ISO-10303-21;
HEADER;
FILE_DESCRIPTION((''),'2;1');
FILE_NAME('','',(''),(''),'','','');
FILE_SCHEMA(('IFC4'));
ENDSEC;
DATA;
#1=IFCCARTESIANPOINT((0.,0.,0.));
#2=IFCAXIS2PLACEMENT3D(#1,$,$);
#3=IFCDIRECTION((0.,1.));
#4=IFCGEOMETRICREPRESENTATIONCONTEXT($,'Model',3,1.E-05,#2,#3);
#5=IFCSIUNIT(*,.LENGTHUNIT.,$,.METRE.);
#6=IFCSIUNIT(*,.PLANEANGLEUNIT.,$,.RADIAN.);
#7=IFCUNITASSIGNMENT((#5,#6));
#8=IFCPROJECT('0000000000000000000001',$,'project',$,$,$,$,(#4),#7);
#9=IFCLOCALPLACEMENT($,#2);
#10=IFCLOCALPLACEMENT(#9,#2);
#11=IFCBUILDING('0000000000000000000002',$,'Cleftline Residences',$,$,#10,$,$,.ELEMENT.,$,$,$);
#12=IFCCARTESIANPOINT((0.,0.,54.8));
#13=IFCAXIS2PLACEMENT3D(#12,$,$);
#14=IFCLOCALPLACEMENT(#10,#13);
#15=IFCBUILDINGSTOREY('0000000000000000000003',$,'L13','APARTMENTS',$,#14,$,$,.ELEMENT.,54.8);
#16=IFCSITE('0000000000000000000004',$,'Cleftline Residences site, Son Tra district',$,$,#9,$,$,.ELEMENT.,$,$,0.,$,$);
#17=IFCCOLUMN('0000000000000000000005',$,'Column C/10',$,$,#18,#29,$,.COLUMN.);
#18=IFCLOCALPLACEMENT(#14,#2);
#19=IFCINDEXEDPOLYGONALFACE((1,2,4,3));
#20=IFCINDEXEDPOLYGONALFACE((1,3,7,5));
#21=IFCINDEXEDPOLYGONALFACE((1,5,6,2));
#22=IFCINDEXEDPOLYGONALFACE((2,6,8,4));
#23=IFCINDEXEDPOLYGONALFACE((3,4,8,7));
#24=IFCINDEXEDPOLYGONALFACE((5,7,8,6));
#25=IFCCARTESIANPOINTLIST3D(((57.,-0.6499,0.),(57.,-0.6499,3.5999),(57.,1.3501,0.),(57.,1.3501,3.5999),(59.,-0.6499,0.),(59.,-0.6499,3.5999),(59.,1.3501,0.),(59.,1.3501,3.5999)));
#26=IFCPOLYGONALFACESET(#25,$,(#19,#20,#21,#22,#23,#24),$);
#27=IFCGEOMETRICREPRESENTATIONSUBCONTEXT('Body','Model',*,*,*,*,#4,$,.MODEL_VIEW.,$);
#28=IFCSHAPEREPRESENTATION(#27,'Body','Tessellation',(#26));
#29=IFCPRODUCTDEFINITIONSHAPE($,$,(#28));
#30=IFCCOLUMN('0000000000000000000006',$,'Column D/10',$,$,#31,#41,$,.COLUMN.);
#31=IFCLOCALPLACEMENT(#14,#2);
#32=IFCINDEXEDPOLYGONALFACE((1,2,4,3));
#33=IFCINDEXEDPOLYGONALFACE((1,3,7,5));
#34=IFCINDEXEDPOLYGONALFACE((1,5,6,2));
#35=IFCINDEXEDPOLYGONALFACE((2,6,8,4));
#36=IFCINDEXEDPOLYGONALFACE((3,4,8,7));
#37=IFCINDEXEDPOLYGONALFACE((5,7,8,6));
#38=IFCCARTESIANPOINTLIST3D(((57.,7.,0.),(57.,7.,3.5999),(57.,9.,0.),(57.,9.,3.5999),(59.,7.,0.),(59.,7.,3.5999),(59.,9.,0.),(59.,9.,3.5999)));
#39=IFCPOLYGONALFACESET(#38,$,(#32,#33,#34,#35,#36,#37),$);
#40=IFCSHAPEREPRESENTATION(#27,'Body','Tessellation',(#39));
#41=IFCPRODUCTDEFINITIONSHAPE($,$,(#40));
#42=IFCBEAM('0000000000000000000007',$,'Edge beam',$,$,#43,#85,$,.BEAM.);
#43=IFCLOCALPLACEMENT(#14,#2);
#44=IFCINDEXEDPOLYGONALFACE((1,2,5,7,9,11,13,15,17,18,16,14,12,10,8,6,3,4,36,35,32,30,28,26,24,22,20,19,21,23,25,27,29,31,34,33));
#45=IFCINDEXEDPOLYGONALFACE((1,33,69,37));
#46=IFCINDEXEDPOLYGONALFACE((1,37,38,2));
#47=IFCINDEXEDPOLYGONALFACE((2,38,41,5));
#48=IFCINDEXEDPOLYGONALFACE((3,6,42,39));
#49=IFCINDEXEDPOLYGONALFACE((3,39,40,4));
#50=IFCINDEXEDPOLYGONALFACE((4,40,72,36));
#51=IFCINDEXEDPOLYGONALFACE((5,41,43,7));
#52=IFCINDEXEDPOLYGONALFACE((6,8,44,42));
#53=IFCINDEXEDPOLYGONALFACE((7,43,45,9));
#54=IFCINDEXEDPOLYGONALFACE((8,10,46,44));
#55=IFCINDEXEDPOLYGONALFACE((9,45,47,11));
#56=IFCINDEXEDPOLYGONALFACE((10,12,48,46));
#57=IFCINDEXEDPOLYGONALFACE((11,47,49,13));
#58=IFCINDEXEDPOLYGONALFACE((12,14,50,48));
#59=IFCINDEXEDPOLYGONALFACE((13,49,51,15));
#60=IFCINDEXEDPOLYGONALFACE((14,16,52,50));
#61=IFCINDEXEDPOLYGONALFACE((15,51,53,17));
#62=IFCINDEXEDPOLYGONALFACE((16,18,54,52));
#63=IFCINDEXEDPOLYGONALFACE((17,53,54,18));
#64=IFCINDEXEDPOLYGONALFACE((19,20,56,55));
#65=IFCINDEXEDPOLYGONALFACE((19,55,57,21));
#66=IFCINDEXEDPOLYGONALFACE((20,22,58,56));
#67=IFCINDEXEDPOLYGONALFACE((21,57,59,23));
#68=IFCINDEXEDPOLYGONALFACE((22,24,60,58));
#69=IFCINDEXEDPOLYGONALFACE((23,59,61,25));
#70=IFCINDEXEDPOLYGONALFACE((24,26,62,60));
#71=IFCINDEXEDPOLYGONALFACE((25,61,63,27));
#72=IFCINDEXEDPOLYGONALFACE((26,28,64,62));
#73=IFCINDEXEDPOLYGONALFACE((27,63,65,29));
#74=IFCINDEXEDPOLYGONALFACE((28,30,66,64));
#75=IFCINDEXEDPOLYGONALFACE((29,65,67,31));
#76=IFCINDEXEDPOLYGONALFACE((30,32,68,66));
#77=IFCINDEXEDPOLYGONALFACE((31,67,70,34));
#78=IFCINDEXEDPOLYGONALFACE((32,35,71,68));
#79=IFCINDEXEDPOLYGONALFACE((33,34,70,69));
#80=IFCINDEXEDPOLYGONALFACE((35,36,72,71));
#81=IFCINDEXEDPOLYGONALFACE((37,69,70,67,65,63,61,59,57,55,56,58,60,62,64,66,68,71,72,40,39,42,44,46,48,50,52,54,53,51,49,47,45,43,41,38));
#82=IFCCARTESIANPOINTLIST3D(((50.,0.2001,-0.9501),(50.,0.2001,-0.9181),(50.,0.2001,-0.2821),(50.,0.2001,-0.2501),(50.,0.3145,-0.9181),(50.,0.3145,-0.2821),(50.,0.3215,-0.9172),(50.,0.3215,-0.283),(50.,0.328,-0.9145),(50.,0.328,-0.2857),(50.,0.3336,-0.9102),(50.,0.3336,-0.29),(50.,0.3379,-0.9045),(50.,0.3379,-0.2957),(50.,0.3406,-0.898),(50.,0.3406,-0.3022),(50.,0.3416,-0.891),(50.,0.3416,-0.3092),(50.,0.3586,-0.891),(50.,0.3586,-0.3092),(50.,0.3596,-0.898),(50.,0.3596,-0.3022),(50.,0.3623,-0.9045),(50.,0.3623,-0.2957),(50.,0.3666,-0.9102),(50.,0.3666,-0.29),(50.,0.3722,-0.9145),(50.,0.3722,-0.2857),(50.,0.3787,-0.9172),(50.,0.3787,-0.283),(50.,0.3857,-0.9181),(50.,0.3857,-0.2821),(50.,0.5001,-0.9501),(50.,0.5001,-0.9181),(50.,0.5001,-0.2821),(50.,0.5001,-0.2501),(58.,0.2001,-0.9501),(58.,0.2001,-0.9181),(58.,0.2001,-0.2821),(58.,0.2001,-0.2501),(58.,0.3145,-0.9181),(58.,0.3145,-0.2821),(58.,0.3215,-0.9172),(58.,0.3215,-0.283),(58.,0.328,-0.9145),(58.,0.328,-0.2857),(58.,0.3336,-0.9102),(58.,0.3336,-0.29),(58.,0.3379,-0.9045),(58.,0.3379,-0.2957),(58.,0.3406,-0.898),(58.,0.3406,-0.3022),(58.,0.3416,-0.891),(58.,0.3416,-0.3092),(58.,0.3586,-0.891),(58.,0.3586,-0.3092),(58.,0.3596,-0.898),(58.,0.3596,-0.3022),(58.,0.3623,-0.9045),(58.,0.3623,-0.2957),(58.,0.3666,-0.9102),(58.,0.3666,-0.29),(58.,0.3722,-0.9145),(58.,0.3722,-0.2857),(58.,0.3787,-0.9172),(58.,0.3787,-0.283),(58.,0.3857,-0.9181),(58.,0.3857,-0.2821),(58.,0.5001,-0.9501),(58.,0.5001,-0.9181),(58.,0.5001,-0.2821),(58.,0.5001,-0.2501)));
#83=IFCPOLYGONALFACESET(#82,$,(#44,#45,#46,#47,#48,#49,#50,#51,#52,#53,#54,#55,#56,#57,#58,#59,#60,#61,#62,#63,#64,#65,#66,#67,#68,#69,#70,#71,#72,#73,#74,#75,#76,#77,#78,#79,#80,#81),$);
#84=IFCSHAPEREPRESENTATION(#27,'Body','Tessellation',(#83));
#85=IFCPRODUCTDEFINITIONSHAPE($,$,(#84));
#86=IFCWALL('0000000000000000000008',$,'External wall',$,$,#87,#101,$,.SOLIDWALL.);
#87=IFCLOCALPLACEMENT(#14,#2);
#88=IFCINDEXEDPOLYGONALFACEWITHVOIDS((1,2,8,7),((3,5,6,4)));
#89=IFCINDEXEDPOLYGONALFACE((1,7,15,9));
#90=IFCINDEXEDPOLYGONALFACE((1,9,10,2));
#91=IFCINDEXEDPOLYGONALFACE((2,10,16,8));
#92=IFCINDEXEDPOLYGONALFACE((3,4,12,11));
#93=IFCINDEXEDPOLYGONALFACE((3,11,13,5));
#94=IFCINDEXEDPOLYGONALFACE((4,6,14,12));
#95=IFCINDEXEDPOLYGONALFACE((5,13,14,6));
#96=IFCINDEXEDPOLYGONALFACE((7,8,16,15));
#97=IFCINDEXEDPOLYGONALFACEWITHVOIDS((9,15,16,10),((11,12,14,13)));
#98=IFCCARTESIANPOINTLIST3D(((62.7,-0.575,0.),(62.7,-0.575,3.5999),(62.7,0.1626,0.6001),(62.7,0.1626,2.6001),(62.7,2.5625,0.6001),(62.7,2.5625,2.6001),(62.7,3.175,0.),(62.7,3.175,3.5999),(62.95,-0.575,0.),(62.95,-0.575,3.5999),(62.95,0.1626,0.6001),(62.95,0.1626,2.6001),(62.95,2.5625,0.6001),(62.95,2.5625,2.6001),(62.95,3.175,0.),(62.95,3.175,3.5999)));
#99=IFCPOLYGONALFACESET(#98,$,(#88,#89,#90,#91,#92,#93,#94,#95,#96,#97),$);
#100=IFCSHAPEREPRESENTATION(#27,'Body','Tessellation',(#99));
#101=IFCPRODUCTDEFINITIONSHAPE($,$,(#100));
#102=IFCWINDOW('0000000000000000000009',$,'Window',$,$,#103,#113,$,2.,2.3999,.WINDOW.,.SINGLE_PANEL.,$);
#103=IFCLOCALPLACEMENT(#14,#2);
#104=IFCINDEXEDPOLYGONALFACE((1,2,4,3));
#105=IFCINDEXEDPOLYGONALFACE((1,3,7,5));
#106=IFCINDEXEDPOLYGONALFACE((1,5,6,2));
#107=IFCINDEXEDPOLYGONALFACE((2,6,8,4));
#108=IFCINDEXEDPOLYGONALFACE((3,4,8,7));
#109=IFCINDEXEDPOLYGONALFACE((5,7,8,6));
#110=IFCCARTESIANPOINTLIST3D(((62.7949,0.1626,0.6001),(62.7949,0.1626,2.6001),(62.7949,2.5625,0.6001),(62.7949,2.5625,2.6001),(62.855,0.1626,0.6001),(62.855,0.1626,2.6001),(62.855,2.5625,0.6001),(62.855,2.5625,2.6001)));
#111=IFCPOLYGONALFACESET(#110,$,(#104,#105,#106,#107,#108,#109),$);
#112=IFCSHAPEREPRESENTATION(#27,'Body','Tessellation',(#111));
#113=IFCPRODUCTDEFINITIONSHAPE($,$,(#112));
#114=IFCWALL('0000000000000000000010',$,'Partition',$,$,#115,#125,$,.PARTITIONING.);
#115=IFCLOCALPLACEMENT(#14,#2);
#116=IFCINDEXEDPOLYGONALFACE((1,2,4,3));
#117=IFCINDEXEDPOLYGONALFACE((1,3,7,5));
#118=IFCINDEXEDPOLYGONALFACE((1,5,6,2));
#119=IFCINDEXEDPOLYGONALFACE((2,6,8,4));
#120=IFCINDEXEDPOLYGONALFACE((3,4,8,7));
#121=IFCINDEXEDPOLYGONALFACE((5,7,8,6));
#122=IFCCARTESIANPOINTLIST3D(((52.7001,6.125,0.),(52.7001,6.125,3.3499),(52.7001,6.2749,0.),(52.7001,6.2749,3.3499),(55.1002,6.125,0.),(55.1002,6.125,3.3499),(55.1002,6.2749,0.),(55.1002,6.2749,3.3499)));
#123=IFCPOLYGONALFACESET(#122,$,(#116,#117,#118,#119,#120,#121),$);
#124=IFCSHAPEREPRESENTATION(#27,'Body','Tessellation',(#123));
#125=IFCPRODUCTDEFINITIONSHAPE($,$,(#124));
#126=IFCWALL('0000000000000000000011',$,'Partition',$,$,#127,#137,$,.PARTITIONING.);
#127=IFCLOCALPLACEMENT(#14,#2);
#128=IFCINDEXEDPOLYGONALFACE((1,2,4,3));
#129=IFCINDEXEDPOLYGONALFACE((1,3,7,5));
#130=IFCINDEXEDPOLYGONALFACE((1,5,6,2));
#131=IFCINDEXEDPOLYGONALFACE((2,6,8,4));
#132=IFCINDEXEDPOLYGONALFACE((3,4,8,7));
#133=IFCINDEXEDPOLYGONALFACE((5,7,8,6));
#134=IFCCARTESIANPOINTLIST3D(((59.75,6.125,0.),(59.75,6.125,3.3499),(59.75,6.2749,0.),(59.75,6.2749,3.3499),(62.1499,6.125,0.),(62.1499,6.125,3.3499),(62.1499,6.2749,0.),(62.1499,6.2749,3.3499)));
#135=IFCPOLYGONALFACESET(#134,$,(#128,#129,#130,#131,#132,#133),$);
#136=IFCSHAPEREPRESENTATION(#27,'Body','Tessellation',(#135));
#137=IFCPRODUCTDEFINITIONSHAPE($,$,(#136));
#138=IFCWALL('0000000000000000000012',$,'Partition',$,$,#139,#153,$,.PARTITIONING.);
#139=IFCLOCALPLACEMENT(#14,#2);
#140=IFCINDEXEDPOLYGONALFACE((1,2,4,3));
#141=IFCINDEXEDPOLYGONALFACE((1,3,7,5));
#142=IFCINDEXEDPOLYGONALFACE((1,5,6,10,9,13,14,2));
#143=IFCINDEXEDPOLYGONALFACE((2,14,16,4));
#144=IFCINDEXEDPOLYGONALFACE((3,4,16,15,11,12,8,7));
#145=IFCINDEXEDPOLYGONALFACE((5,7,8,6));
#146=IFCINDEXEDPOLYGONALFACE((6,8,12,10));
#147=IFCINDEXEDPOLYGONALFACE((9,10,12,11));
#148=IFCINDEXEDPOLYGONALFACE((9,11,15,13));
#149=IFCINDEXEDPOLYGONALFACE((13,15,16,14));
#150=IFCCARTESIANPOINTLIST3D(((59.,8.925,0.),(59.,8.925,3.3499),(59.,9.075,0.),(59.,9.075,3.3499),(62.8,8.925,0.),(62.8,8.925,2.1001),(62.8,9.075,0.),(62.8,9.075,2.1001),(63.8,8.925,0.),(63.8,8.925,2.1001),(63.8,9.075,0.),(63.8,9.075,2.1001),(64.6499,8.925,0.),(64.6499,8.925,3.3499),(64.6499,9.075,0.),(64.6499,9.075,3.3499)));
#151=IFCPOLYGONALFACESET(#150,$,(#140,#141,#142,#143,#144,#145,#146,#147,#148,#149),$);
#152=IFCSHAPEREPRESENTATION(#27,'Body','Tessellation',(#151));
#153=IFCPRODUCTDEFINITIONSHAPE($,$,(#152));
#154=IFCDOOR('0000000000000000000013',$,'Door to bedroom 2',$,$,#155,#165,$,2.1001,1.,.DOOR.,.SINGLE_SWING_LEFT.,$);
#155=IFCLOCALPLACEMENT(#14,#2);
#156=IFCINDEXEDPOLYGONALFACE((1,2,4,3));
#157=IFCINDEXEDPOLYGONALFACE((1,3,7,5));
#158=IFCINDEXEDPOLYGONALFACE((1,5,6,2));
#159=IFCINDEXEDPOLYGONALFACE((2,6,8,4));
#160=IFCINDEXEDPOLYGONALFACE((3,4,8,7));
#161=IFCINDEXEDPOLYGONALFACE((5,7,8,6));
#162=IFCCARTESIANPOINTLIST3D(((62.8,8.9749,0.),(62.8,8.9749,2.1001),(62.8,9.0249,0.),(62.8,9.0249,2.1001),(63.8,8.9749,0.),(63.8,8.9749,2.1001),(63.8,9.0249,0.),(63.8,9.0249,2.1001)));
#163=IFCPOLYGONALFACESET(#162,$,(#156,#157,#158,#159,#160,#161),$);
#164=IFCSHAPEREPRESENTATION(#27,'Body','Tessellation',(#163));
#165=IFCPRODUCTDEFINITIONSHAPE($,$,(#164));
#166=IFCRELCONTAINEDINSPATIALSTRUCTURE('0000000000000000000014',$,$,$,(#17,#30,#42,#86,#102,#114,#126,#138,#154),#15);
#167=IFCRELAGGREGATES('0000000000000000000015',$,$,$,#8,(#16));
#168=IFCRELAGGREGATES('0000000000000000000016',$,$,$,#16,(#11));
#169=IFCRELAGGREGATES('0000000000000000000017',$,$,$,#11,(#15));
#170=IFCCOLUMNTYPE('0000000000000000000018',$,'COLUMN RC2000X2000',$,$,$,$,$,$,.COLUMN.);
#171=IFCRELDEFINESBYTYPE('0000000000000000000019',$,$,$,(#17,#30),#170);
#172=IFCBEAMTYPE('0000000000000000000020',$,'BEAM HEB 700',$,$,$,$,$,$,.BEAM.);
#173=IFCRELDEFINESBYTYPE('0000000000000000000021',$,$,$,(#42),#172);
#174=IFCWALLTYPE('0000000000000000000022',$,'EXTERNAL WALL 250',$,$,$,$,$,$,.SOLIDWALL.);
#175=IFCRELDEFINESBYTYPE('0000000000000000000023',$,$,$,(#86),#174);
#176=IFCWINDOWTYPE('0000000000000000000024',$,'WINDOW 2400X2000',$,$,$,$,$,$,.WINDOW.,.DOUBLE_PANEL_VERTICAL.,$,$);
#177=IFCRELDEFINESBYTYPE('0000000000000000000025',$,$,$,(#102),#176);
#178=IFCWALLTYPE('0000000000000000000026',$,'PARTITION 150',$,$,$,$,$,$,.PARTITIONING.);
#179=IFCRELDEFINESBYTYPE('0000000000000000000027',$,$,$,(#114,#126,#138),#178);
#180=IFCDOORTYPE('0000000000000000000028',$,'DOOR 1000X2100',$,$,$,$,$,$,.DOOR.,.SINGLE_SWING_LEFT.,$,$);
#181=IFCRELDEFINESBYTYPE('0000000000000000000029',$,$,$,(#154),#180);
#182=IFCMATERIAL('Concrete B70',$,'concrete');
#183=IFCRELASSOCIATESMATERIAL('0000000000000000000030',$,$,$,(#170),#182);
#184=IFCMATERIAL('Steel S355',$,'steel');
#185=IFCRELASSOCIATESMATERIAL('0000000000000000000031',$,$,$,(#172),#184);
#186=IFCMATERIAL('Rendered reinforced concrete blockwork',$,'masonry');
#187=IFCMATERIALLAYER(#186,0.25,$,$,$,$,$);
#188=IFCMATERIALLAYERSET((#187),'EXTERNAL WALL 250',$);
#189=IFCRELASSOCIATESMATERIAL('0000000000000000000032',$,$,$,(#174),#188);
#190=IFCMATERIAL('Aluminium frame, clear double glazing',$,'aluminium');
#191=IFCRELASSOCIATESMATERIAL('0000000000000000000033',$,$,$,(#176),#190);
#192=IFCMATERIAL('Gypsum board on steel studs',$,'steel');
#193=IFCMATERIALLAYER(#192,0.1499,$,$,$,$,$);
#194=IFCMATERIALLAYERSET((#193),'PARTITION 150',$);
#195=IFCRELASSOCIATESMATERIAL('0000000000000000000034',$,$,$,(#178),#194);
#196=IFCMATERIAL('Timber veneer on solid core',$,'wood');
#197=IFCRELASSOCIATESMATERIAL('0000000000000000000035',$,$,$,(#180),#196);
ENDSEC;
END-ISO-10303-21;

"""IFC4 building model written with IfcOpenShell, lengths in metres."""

from ifc_helpers import new_model, si_unit, direction, frame, frame_2d, origin, origin_2d, place, context, subcontext, project, spatial, rectangle, i_section, extrude, material, layer, layer_set, material_profile, profile_set, type_object, element, fill, save


model = new_model("IFC4")

# Units and contexts
model_context = context("Model", 3, precision=1e-05, world=origin(), true_north=direction((0.0, 1.0)))
body_context = subcontext(model_context, "Body", "Model", "MODEL_VIEW")
ifc_project = project(units=[si_unit("LENGTHUNIT", "METRE"), si_unit("PLANEANGLEUNIT", "RADIAN")], contexts=[model_context])

# Site, building, storey
site_placement = place(None, origin())
site = spatial("IfcSite", under=ifc_project, at=site_placement, Name="Cleftline Residences site, Son Tra district", CompositionType="ELEMENT", RefElevation=0.0)
building_placement = place(site_placement, origin())
building = spatial("IfcBuilding", under=site, at=building_placement, Name="Cleftline Residences", CompositionType="ELEMENT")
storey_placement = place(building_placement, frame((0.0, 0.0, 54.8)))
storey = spatial("IfcBuildingStorey", under=building, at=storey_placement, Name="L13", Description="APARTMENTS", CompositionType="ELEMENT", Elevation=54.8)

# Columns
ifc_material_1 = material(Name="Concrete B70", Category="concrete")
ifc_material_profile_1 = material_profile(ifc_material_1, rectangle(XDim=2.0, YDim=2.0, at=origin_2d()))
ifc_profile_set_1 = profile_set([ifc_material_profile_1], Name="Concrete B70")
column_type = type_object("IfcColumnType", Name="COLUMN RC2000X2000", PredefinedType="COLUMN", material=ifc_profile_set_1)
for number, where, z_axis, x_axis, name in (
    (1, (58.0, 0.3501, 0.0), (0.0, 0.0, 1.0), (1.0, 0.0, 0.0), "Column C/10"),
    (2, (58.0, 8.0, 0.0), (0.0, 0.0, 1.0), (1.0, 0.0, 0.0), "Column D/10"),
):
    element("IfcColumn", number, at=place(storey_placement, frame(where, z_axis=z_axis, x_axis=x_axis)), inside=storey, type_object=column_type, Name=name, PredefinedType="COLUMN", context=body_context, shape_type="SweptSolid", body=[
        extrude(rectangle(XDim=2.0, YDim=2.0, at=origin_2d()), origin(), (0.0, 0.0, 1.0), 3.5999),
    ])

# Beam
ifc_material_2 = material(Name="Steel S355", Category="steel")
ifc_material_profile_2 = material_profile(ifc_material_2, i_section(OverallWidth=0.3, OverallDepth=0.7, WebThickness=0.0171, FlangeThickness=0.032, FilletRadius=0.0271, at=origin_2d()))
ifc_profile_set_2 = profile_set([ifc_material_profile_2], Name="Steel S355")
beam_type = type_object("IfcBeamType", Name="BEAM HEB 700", PredefinedType="BEAM", material=ifc_profile_set_2)
beam_placement = place(storey_placement, frame((58.0, 0.3501, -0.6001), z_axis=(-1.0, 0.0, 0.0), x_axis=(0.0, -1.0, 0.0)))
element("IfcBeam", 3, at=beam_placement, inside=storey, type_object=beam_type, Name="Edge beam", PredefinedType="BEAM", context=body_context, shape_type="SweptSolid", body=[
    extrude(i_section(OverallWidth=0.3, OverallDepth=0.7, WebThickness=0.0171, FlangeThickness=0.032, FilletRadius=0.0271, at=origin_2d()), origin(), (0.0, 0.0, 1.0), 8.0),
])

# Wall, opening, window
ifc_material_3 = material(Name="Rendered reinforced concrete blockwork", Category="masonry")
ifc_layer_1 = layer(ifc_material_3, 0.25)
ifc_layer_set_1 = layer_set([ifc_layer_1], Name="EXTERNAL WALL 250")
wall_type_1 = type_object("IfcWallType", Name="EXTERNAL WALL 250", PredefinedType="SOLIDWALL", material=ifc_layer_set_1)
wall_1_placement = place(storey_placement, frame((62.825, -0.575, 0.0), z_axis=(0.0, 0.0, 1.0), x_axis=(0.0, 1.0, 0.0)))
wall_1 = element("IfcWall", 4, at=wall_1_placement, inside=storey, type_object=wall_type_1, Name="External wall", PredefinedType="SOLIDWALL", context=body_context, shape_type="SweptSolid", body=[
    extrude(rectangle(XDim=3.75, YDim=0.25, at=frame_2d((1.875, 0.0))), origin(), (0.0, 0.0, 1.0), 3.5999),
])
opening_1_placement = place(wall_1_placement, frame((0.7375, 0.0, 0.6001)))
opening_1 = element("IfcOpeningElement", 5, at=opening_1_placement, cuts=wall_1, PredefinedType="OPENING", context=body_context, shape_type="SweptSolid", body=[
    extrude(rectangle(XDim=2.3999, YDim=2.0, at=frame_2d((1.2, 1.0))), frame((0.0, 0.135, 0.0), z_axis=(0.0, -1.0, 0.0), x_axis=(1.0, 0.0, 0.0)), (0.0, 0.0, 1.0), 0.27),
])
ifc_material_4 = material(Name="Aluminium frame, clear double glazing", Category="aluminium")
window_type = type_object("IfcWindowType", Name="WINDOW 2400X2000", PartitioningType="DOUBLE_PANEL_VERTICAL", PredefinedType="WINDOW", material=ifc_material_4)
window_placement = place(opening_1_placement, origin())
window = element("IfcWindow", 6, at=window_placement, inside=storey, type_object=window_type, Name="Window", OverallHeight=2.0, OverallWidth=2.3999, PartitioningType="SINGLE_PANEL", PredefinedType="WINDOW", context=body_context, shape_type="SweptSolid", body=[
    extrude(rectangle(XDim=2.3999, YDim=2.0, at=frame_2d((1.2, 1.0))), frame((0.0, 0.03, 0.0), z_axis=(0.0, -1.0, 0.0), x_axis=(1.0, 0.0, 0.0)), (0.0, 0.0, 1.0), 0.0601),
])
fill(opening_1, window)

# Walls
ifc_material_5 = material(Name="Gypsum board on steel studs", Category="steel")
ifc_layer_2 = layer(ifc_material_5, 0.1499)
ifc_layer_set_2 = layer_set([ifc_layer_2], Name="PARTITION 150")
wall_type_2 = type_object("IfcWallType", Name="PARTITION 150", PredefinedType="PARTITIONING", material=ifc_layer_set_2)
wall_2_placement = place(storey_placement, frame((52.7, 6.2, 0.0), z_axis=(0.0, 0.0, 1.0), x_axis=(1.0, 0.0, 0.0)))
element("IfcWall", 7, at=wall_2_placement, inside=storey, type_object=wall_type_2, Name="Partition", PredefinedType="PARTITIONING", context=body_context, shape_type="SweptSolid", body=[
    extrude(rectangle(XDim=2.4001, YDim=0.1499, at=frame_2d((1.2002, 0.0))), origin(), (0.0, 0.0, 1.0), 3.3499),
])
wall_3_placement = place(storey_placement, frame((59.75, 6.2, 0.0), z_axis=(0.0, 0.0, 1.0), x_axis=(1.0, 0.0, 0.0)))
element("IfcWall", 8, at=wall_3_placement, inside=storey, type_object=wall_type_2, Name="Partition", PredefinedType="PARTITIONING", context=body_context, shape_type="SweptSolid", body=[
    extrude(rectangle(XDim=2.3999, YDim=0.1499, at=frame_2d((1.2, 0.0))), origin(), (0.0, 0.0, 1.0), 3.3499),
])

# Wall, opening, door
wall_4_placement = place(storey_placement, frame((59.0, 9.0, 0.0), z_axis=(0.0, 0.0, 1.0), x_axis=(1.0, 0.0, 0.0)))
wall_4 = element("IfcWall", 9, at=wall_4_placement, inside=storey, type_object=wall_type_2, Name="Partition", PredefinedType="PARTITIONING", context=body_context, shape_type="SweptSolid", body=[
    extrude(rectangle(XDim=5.6499, YDim=0.1499, at=frame_2d((2.825, 0.0))), origin(), (0.0, 0.0, 1.0), 3.3499),
])
opening_2_placement = place(wall_4_placement, frame((3.8, 0.0, 0.0)))
opening_2 = element("IfcOpeningElement", 10, at=opening_2_placement, cuts=wall_4, PredefinedType="OPENING", context=body_context, shape_type="SweptSolid", body=[
    extrude(rectangle(XDim=1.0, YDim=2.1001, at=frame_2d((0.5, 1.05))), frame((0.0, 0.085, 0.0), z_axis=(0.0, -1.0, 0.0), x_axis=(1.0, 0.0, 0.0)), (0.0, 0.0, 1.0), 0.1699),
])
ifc_material_6 = material(Name="Timber veneer on solid core", Category="wood")
door_type_1 = type_object("IfcDoorType", Name="DOOR 1000X2100", OperationType="SINGLE_SWING_LEFT", PredefinedType="DOOR", material=ifc_material_6)
door_1_placement = place(opening_2_placement, origin())
door_1 = element("IfcDoor", 11, at=door_1_placement, inside=storey, type_object=door_type_1, Name="Door to bedroom 2", OperationType="SINGLE_SWING_LEFT", OverallHeight=2.1001, OverallWidth=1.0, PredefinedType="DOOR", context=body_context, shape_type="SweptSolid", body=[
    extrude(rectangle(XDim=1.0, YDim=2.1001, at=frame_2d((0.5, 1.05))), frame((0.0, 0.0249, 0.0), z_axis=(0.0, -1.0, 0.0), x_axis=(1.0, 0.0, 0.0)), (0.0, 0.0, 1.0), 0.05),
])
fill(opening_2, door_1)

save(model, "model.ifc")
